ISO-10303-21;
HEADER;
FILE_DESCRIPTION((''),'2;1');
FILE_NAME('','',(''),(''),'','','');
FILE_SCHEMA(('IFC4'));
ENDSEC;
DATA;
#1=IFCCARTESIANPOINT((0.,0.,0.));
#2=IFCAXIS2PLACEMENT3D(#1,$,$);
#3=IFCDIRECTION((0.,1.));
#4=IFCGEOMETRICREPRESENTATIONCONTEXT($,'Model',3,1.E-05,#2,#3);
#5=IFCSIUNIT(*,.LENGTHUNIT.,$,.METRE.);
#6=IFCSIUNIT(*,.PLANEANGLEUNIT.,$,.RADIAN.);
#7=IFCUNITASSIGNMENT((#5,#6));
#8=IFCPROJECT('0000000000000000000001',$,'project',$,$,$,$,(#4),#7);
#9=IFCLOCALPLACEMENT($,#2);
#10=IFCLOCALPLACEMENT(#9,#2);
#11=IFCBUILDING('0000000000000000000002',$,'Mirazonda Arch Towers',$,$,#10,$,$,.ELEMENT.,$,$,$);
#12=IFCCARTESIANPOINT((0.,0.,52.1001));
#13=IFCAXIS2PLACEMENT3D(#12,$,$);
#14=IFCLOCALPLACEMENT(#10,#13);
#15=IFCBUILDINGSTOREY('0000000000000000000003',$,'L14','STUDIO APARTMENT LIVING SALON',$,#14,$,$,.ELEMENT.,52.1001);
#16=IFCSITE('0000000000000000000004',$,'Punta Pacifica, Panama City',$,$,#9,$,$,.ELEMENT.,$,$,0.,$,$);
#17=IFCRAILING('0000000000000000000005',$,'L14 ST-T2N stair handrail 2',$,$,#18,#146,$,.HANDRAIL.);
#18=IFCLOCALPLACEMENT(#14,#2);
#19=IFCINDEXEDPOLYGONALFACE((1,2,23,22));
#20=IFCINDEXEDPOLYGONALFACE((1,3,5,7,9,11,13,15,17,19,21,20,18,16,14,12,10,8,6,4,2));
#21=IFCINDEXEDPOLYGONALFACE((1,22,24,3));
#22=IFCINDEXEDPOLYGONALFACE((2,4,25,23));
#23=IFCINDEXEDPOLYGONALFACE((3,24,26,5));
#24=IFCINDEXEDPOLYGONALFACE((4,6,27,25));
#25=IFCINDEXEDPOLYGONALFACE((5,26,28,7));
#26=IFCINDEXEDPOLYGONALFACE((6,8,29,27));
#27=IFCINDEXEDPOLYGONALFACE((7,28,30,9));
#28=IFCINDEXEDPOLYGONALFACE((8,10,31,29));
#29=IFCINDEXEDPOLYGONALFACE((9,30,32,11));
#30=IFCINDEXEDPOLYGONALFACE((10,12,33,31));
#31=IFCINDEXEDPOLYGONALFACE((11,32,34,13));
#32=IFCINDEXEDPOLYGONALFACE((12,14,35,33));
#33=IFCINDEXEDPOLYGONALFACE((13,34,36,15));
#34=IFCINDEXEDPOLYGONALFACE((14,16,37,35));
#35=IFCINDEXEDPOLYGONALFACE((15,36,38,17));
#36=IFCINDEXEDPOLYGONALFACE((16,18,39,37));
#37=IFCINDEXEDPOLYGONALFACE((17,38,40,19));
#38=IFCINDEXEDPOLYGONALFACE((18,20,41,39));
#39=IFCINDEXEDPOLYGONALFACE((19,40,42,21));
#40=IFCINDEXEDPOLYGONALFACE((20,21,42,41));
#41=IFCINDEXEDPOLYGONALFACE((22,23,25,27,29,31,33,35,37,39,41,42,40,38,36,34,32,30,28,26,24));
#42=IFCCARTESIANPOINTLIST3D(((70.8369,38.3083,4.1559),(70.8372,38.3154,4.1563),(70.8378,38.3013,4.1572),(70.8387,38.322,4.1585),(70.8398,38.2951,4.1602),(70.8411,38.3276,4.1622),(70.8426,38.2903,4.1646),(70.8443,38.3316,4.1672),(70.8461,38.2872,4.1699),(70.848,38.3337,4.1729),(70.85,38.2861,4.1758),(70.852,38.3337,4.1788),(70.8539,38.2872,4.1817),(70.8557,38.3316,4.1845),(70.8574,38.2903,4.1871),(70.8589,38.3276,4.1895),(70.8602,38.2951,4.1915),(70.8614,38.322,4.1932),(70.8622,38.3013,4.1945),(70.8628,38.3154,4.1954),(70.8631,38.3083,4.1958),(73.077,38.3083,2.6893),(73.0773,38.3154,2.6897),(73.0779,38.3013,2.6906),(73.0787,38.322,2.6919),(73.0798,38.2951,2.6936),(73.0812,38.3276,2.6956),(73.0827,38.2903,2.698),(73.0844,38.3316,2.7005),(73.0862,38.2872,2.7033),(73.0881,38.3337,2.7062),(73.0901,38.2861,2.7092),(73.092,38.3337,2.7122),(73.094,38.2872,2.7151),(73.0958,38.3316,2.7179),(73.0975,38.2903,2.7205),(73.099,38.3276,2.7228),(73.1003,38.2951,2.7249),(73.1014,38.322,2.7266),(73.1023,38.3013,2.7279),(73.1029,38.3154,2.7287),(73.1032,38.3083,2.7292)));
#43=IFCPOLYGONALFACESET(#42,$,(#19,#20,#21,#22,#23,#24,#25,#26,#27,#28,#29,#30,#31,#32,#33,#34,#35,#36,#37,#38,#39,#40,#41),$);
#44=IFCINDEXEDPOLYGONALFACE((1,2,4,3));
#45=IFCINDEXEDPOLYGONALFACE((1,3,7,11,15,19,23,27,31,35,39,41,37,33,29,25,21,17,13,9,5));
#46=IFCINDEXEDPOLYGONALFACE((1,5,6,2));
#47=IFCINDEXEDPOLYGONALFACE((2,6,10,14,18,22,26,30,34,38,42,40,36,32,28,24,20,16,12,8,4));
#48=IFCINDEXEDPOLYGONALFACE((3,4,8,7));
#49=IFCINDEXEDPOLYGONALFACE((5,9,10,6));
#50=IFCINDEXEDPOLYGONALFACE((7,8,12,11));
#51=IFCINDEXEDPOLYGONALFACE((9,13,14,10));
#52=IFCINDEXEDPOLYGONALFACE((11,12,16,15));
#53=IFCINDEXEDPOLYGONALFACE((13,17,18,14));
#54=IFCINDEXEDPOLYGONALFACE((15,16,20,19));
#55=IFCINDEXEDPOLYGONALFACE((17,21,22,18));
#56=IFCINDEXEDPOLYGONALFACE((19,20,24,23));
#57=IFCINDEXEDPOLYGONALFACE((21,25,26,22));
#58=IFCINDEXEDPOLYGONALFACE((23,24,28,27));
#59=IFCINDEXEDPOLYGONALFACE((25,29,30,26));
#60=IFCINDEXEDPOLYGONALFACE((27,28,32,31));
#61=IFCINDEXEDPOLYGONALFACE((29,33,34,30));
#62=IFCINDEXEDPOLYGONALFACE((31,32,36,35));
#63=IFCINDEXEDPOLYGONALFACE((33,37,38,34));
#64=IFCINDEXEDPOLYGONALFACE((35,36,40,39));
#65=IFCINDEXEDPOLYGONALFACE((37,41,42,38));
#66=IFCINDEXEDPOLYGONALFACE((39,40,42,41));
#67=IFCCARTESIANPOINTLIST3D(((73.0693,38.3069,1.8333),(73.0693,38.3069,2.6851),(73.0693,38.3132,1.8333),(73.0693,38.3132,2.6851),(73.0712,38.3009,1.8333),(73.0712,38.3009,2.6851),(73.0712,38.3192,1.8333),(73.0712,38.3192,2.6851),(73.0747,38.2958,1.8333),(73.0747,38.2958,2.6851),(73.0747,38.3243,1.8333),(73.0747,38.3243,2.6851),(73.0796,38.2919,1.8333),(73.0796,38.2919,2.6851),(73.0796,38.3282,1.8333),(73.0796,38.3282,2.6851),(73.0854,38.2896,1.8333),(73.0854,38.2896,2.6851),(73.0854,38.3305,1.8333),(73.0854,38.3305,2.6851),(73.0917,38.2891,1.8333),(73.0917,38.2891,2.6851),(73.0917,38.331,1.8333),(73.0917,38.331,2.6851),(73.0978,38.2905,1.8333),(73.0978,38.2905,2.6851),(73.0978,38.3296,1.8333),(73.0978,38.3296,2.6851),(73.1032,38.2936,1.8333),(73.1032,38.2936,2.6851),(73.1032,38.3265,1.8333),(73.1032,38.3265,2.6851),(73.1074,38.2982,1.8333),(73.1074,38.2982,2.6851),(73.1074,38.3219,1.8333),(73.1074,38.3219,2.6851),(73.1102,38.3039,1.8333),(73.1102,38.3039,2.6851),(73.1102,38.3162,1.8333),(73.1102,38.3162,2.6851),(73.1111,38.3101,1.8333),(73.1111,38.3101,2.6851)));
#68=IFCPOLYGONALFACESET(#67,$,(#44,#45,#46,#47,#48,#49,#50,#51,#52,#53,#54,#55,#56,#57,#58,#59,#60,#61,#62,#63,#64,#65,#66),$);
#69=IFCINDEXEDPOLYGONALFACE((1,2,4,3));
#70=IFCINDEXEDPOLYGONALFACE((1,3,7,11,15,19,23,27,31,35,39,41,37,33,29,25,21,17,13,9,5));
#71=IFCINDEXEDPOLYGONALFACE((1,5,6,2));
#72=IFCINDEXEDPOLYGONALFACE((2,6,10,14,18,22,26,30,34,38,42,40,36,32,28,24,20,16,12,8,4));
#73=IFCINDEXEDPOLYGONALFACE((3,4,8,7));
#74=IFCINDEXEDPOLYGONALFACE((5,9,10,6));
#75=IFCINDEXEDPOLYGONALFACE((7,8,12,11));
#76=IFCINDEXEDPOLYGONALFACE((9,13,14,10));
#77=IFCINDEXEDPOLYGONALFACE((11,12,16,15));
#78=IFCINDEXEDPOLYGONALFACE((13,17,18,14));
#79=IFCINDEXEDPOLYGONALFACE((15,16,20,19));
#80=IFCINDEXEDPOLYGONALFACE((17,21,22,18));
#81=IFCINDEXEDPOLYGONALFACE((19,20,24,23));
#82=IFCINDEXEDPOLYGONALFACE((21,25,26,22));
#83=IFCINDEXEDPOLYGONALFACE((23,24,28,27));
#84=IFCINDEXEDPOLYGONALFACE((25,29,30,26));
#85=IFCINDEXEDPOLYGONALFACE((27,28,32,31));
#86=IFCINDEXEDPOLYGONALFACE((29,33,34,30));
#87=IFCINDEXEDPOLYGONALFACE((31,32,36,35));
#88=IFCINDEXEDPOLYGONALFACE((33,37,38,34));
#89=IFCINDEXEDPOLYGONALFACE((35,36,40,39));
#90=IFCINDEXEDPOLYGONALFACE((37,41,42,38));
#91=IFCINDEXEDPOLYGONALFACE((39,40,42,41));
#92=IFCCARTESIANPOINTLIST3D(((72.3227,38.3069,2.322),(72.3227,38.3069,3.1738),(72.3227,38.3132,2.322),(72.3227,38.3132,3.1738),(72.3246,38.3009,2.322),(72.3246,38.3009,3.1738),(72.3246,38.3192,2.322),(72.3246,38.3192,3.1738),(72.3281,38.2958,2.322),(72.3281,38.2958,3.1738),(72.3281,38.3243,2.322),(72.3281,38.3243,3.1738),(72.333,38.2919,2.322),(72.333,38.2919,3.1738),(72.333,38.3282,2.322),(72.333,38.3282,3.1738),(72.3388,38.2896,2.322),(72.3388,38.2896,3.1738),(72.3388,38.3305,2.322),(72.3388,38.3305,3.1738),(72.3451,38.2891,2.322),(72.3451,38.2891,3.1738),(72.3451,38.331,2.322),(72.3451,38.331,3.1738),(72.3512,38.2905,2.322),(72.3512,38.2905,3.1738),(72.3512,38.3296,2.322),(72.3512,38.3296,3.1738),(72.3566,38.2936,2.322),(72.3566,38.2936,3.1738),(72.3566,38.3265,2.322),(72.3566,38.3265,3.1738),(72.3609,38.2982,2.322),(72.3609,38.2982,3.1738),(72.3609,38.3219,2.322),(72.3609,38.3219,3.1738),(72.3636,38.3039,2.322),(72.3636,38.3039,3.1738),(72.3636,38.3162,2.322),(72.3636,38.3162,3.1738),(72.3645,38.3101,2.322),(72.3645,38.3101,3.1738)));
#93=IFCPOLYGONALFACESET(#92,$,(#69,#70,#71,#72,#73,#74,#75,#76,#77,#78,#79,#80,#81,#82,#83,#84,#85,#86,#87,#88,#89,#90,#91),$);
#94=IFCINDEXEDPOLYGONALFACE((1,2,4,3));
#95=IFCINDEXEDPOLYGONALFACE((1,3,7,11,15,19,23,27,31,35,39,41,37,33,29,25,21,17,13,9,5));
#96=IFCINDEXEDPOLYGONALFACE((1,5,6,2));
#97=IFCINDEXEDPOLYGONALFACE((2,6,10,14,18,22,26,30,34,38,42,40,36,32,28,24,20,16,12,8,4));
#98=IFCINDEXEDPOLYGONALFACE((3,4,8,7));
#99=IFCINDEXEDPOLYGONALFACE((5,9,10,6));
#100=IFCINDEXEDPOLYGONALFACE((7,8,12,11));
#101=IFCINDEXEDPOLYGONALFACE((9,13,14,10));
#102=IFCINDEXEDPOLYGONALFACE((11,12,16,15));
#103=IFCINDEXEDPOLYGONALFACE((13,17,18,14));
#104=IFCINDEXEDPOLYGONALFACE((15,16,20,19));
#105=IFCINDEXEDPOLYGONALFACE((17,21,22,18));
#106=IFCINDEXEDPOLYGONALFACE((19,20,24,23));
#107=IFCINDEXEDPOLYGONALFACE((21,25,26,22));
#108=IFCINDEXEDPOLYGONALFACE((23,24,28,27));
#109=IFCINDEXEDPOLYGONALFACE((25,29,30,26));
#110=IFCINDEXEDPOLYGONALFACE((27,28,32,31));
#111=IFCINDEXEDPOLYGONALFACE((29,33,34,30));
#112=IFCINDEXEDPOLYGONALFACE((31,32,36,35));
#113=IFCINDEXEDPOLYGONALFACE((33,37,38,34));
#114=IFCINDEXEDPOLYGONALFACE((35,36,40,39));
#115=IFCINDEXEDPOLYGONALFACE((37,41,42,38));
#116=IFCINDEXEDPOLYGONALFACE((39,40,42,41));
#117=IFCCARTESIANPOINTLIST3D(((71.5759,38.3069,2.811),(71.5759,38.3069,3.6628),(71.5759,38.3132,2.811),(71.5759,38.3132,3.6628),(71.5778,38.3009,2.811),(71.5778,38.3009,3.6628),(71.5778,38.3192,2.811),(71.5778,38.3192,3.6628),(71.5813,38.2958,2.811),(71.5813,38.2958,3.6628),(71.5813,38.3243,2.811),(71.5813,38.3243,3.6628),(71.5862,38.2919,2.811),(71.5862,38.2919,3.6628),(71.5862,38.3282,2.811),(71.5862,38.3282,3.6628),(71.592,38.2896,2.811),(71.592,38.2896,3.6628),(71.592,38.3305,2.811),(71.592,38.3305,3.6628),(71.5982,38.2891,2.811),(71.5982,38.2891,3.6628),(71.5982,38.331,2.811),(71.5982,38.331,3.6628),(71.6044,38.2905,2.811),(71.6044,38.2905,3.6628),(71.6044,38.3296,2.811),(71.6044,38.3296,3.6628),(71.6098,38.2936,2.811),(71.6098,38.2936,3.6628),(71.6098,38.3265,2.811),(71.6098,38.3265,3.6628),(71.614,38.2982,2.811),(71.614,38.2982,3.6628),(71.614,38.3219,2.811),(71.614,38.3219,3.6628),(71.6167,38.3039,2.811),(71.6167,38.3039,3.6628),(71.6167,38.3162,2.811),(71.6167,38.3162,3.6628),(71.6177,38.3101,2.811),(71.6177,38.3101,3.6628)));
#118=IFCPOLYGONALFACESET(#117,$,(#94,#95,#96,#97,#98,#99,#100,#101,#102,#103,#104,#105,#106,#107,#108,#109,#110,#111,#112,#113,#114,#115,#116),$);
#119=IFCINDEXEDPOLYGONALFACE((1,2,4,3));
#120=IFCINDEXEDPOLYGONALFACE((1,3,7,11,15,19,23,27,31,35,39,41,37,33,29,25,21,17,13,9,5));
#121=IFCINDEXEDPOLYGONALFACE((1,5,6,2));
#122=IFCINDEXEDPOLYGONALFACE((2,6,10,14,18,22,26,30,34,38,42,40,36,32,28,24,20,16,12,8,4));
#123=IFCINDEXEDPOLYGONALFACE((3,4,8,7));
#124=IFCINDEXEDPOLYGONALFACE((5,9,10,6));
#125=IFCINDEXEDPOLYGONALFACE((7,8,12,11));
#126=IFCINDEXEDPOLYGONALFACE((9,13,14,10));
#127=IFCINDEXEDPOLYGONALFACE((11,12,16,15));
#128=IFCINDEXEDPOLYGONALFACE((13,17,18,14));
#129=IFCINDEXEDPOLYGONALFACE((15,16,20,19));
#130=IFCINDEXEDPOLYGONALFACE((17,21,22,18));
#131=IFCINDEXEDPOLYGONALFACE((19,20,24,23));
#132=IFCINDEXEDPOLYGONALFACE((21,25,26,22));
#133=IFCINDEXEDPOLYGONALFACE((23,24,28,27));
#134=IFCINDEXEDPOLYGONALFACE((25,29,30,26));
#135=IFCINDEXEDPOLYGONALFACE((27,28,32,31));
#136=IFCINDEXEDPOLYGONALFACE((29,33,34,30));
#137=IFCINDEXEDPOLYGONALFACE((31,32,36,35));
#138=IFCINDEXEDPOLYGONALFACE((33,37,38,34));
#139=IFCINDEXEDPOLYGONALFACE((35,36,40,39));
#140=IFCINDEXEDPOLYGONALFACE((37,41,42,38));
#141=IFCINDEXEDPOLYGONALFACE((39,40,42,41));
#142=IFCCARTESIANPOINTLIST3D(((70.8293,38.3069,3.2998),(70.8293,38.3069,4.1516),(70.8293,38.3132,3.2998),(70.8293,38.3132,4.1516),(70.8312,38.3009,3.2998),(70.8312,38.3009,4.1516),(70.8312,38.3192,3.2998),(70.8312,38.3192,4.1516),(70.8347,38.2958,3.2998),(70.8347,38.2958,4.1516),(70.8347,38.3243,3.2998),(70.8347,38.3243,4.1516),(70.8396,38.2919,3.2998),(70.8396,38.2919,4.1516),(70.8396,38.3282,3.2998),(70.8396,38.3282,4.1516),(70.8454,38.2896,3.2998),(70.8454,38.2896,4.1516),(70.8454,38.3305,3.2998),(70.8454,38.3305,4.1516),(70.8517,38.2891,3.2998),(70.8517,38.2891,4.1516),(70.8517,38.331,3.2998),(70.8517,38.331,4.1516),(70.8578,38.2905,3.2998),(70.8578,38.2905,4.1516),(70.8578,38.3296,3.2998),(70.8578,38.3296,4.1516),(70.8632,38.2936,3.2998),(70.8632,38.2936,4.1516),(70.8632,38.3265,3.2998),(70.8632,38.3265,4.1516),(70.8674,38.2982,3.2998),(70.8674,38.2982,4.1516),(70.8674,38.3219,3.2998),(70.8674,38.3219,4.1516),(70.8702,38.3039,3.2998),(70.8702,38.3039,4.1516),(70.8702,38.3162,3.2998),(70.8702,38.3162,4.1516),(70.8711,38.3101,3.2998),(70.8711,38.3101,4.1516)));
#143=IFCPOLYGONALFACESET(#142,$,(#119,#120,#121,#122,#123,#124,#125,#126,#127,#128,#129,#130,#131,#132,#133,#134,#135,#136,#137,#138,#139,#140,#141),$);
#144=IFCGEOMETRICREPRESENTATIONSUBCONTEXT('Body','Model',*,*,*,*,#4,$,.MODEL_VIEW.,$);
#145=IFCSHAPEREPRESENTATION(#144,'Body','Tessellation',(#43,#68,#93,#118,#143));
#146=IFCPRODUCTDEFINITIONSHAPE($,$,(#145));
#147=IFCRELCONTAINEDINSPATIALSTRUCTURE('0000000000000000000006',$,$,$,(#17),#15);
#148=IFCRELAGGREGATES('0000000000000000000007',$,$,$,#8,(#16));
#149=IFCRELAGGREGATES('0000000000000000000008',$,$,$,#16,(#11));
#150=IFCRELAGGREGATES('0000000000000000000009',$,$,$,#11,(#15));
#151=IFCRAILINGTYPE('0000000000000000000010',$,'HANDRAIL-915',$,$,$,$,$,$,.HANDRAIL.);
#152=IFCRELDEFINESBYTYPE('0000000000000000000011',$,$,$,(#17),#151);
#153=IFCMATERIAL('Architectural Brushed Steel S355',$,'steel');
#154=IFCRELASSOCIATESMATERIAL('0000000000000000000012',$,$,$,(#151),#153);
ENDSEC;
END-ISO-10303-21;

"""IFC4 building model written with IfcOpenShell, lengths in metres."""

from ifc_helpers import new_model, si_unit, direction, frame, origin, origin_2d, place, context, subcontext, project, spatial, circle, extrude, material, type_object, element, save


model = new_model("IFC4")

# Units and contexts
model_context = context("Model", 3, precision=1e-05, world=origin(), true_north=direction((0.0, 1.0)))
body_context = subcontext(model_context, "Body", "Model", "MODEL_VIEW")
ifc_project = project(units=[si_unit("LENGTHUNIT", "METRE"), si_unit("PLANEANGLEUNIT", "RADIAN")], contexts=[model_context])

# Site, building, storey
site_placement = place(None, origin())
site = spatial("IfcSite", under=ifc_project, at=site_placement, Name="Punta Pacifica, Panama City", CompositionType="ELEMENT", RefElevation=0.0)
building_placement = place(site_placement, origin())
building = spatial("IfcBuilding", under=site, at=building_placement, Name="Mirazonda Arch Towers", CompositionType="ELEMENT")
storey_placement = place(building_placement, frame((0.0, 0.0, 52.1001)))
storey = spatial("IfcBuildingStorey", under=building, at=storey_placement, Name="L14", Description="STUDIO APARTMENT LIVING SALON", CompositionType="ELEMENT", Elevation=52.1001)

# Railing
ifc_material_1 = material(Name="Architectural Brushed Steel S355", Category="steel")
railing_type_1 = type_object("IfcRailingType", Name="HANDRAIL-915", PredefinedType="HANDRAIL", material=ifc_material_1)
railing_1_placement = place(storey_placement, frame((73.0901, 38.3101, 1.8333)))
element("IfcRailing", 1, at=railing_1_placement, inside=storey, type_object=railing_type_1, Name="L14 ST-T2N stair handrail 2", PredefinedType="HANDRAIL", context=body_context, shape_type="SweptSolid", body=[
    extrude(circle(Radius=0.0239, at=origin_2d()), frame((0.0, 0.0, 0.876), z_axis=(-0.836637, 0.0, 0.547758), x_axis=(0.0, -1.0, 0.0)), (0.0, 0.0, 1.0), 2.6775),
    extrude(circle(Radius=0.021, at=origin_2d()), origin(), (0.0, 0.0, 1.0), 0.8518),
    extrude(circle(Radius=0.021, at=origin_2d()), frame((-0.7466, 0.0, 0.4888)), (0.0, 0.0, 1.0), 0.8518),
    extrude(circle(Radius=0.021, at=origin_2d()), frame((-1.4934, 0.0, 0.9778)), (0.0, 0.0, 1.0), 0.8518),
    extrude(circle(Radius=0.021, at=origin_2d()), frame((-2.24, 0.0, 1.4666)), (0.0, 0.0, 1.0), 0.8518),
])

save(model, "model.ifc")
